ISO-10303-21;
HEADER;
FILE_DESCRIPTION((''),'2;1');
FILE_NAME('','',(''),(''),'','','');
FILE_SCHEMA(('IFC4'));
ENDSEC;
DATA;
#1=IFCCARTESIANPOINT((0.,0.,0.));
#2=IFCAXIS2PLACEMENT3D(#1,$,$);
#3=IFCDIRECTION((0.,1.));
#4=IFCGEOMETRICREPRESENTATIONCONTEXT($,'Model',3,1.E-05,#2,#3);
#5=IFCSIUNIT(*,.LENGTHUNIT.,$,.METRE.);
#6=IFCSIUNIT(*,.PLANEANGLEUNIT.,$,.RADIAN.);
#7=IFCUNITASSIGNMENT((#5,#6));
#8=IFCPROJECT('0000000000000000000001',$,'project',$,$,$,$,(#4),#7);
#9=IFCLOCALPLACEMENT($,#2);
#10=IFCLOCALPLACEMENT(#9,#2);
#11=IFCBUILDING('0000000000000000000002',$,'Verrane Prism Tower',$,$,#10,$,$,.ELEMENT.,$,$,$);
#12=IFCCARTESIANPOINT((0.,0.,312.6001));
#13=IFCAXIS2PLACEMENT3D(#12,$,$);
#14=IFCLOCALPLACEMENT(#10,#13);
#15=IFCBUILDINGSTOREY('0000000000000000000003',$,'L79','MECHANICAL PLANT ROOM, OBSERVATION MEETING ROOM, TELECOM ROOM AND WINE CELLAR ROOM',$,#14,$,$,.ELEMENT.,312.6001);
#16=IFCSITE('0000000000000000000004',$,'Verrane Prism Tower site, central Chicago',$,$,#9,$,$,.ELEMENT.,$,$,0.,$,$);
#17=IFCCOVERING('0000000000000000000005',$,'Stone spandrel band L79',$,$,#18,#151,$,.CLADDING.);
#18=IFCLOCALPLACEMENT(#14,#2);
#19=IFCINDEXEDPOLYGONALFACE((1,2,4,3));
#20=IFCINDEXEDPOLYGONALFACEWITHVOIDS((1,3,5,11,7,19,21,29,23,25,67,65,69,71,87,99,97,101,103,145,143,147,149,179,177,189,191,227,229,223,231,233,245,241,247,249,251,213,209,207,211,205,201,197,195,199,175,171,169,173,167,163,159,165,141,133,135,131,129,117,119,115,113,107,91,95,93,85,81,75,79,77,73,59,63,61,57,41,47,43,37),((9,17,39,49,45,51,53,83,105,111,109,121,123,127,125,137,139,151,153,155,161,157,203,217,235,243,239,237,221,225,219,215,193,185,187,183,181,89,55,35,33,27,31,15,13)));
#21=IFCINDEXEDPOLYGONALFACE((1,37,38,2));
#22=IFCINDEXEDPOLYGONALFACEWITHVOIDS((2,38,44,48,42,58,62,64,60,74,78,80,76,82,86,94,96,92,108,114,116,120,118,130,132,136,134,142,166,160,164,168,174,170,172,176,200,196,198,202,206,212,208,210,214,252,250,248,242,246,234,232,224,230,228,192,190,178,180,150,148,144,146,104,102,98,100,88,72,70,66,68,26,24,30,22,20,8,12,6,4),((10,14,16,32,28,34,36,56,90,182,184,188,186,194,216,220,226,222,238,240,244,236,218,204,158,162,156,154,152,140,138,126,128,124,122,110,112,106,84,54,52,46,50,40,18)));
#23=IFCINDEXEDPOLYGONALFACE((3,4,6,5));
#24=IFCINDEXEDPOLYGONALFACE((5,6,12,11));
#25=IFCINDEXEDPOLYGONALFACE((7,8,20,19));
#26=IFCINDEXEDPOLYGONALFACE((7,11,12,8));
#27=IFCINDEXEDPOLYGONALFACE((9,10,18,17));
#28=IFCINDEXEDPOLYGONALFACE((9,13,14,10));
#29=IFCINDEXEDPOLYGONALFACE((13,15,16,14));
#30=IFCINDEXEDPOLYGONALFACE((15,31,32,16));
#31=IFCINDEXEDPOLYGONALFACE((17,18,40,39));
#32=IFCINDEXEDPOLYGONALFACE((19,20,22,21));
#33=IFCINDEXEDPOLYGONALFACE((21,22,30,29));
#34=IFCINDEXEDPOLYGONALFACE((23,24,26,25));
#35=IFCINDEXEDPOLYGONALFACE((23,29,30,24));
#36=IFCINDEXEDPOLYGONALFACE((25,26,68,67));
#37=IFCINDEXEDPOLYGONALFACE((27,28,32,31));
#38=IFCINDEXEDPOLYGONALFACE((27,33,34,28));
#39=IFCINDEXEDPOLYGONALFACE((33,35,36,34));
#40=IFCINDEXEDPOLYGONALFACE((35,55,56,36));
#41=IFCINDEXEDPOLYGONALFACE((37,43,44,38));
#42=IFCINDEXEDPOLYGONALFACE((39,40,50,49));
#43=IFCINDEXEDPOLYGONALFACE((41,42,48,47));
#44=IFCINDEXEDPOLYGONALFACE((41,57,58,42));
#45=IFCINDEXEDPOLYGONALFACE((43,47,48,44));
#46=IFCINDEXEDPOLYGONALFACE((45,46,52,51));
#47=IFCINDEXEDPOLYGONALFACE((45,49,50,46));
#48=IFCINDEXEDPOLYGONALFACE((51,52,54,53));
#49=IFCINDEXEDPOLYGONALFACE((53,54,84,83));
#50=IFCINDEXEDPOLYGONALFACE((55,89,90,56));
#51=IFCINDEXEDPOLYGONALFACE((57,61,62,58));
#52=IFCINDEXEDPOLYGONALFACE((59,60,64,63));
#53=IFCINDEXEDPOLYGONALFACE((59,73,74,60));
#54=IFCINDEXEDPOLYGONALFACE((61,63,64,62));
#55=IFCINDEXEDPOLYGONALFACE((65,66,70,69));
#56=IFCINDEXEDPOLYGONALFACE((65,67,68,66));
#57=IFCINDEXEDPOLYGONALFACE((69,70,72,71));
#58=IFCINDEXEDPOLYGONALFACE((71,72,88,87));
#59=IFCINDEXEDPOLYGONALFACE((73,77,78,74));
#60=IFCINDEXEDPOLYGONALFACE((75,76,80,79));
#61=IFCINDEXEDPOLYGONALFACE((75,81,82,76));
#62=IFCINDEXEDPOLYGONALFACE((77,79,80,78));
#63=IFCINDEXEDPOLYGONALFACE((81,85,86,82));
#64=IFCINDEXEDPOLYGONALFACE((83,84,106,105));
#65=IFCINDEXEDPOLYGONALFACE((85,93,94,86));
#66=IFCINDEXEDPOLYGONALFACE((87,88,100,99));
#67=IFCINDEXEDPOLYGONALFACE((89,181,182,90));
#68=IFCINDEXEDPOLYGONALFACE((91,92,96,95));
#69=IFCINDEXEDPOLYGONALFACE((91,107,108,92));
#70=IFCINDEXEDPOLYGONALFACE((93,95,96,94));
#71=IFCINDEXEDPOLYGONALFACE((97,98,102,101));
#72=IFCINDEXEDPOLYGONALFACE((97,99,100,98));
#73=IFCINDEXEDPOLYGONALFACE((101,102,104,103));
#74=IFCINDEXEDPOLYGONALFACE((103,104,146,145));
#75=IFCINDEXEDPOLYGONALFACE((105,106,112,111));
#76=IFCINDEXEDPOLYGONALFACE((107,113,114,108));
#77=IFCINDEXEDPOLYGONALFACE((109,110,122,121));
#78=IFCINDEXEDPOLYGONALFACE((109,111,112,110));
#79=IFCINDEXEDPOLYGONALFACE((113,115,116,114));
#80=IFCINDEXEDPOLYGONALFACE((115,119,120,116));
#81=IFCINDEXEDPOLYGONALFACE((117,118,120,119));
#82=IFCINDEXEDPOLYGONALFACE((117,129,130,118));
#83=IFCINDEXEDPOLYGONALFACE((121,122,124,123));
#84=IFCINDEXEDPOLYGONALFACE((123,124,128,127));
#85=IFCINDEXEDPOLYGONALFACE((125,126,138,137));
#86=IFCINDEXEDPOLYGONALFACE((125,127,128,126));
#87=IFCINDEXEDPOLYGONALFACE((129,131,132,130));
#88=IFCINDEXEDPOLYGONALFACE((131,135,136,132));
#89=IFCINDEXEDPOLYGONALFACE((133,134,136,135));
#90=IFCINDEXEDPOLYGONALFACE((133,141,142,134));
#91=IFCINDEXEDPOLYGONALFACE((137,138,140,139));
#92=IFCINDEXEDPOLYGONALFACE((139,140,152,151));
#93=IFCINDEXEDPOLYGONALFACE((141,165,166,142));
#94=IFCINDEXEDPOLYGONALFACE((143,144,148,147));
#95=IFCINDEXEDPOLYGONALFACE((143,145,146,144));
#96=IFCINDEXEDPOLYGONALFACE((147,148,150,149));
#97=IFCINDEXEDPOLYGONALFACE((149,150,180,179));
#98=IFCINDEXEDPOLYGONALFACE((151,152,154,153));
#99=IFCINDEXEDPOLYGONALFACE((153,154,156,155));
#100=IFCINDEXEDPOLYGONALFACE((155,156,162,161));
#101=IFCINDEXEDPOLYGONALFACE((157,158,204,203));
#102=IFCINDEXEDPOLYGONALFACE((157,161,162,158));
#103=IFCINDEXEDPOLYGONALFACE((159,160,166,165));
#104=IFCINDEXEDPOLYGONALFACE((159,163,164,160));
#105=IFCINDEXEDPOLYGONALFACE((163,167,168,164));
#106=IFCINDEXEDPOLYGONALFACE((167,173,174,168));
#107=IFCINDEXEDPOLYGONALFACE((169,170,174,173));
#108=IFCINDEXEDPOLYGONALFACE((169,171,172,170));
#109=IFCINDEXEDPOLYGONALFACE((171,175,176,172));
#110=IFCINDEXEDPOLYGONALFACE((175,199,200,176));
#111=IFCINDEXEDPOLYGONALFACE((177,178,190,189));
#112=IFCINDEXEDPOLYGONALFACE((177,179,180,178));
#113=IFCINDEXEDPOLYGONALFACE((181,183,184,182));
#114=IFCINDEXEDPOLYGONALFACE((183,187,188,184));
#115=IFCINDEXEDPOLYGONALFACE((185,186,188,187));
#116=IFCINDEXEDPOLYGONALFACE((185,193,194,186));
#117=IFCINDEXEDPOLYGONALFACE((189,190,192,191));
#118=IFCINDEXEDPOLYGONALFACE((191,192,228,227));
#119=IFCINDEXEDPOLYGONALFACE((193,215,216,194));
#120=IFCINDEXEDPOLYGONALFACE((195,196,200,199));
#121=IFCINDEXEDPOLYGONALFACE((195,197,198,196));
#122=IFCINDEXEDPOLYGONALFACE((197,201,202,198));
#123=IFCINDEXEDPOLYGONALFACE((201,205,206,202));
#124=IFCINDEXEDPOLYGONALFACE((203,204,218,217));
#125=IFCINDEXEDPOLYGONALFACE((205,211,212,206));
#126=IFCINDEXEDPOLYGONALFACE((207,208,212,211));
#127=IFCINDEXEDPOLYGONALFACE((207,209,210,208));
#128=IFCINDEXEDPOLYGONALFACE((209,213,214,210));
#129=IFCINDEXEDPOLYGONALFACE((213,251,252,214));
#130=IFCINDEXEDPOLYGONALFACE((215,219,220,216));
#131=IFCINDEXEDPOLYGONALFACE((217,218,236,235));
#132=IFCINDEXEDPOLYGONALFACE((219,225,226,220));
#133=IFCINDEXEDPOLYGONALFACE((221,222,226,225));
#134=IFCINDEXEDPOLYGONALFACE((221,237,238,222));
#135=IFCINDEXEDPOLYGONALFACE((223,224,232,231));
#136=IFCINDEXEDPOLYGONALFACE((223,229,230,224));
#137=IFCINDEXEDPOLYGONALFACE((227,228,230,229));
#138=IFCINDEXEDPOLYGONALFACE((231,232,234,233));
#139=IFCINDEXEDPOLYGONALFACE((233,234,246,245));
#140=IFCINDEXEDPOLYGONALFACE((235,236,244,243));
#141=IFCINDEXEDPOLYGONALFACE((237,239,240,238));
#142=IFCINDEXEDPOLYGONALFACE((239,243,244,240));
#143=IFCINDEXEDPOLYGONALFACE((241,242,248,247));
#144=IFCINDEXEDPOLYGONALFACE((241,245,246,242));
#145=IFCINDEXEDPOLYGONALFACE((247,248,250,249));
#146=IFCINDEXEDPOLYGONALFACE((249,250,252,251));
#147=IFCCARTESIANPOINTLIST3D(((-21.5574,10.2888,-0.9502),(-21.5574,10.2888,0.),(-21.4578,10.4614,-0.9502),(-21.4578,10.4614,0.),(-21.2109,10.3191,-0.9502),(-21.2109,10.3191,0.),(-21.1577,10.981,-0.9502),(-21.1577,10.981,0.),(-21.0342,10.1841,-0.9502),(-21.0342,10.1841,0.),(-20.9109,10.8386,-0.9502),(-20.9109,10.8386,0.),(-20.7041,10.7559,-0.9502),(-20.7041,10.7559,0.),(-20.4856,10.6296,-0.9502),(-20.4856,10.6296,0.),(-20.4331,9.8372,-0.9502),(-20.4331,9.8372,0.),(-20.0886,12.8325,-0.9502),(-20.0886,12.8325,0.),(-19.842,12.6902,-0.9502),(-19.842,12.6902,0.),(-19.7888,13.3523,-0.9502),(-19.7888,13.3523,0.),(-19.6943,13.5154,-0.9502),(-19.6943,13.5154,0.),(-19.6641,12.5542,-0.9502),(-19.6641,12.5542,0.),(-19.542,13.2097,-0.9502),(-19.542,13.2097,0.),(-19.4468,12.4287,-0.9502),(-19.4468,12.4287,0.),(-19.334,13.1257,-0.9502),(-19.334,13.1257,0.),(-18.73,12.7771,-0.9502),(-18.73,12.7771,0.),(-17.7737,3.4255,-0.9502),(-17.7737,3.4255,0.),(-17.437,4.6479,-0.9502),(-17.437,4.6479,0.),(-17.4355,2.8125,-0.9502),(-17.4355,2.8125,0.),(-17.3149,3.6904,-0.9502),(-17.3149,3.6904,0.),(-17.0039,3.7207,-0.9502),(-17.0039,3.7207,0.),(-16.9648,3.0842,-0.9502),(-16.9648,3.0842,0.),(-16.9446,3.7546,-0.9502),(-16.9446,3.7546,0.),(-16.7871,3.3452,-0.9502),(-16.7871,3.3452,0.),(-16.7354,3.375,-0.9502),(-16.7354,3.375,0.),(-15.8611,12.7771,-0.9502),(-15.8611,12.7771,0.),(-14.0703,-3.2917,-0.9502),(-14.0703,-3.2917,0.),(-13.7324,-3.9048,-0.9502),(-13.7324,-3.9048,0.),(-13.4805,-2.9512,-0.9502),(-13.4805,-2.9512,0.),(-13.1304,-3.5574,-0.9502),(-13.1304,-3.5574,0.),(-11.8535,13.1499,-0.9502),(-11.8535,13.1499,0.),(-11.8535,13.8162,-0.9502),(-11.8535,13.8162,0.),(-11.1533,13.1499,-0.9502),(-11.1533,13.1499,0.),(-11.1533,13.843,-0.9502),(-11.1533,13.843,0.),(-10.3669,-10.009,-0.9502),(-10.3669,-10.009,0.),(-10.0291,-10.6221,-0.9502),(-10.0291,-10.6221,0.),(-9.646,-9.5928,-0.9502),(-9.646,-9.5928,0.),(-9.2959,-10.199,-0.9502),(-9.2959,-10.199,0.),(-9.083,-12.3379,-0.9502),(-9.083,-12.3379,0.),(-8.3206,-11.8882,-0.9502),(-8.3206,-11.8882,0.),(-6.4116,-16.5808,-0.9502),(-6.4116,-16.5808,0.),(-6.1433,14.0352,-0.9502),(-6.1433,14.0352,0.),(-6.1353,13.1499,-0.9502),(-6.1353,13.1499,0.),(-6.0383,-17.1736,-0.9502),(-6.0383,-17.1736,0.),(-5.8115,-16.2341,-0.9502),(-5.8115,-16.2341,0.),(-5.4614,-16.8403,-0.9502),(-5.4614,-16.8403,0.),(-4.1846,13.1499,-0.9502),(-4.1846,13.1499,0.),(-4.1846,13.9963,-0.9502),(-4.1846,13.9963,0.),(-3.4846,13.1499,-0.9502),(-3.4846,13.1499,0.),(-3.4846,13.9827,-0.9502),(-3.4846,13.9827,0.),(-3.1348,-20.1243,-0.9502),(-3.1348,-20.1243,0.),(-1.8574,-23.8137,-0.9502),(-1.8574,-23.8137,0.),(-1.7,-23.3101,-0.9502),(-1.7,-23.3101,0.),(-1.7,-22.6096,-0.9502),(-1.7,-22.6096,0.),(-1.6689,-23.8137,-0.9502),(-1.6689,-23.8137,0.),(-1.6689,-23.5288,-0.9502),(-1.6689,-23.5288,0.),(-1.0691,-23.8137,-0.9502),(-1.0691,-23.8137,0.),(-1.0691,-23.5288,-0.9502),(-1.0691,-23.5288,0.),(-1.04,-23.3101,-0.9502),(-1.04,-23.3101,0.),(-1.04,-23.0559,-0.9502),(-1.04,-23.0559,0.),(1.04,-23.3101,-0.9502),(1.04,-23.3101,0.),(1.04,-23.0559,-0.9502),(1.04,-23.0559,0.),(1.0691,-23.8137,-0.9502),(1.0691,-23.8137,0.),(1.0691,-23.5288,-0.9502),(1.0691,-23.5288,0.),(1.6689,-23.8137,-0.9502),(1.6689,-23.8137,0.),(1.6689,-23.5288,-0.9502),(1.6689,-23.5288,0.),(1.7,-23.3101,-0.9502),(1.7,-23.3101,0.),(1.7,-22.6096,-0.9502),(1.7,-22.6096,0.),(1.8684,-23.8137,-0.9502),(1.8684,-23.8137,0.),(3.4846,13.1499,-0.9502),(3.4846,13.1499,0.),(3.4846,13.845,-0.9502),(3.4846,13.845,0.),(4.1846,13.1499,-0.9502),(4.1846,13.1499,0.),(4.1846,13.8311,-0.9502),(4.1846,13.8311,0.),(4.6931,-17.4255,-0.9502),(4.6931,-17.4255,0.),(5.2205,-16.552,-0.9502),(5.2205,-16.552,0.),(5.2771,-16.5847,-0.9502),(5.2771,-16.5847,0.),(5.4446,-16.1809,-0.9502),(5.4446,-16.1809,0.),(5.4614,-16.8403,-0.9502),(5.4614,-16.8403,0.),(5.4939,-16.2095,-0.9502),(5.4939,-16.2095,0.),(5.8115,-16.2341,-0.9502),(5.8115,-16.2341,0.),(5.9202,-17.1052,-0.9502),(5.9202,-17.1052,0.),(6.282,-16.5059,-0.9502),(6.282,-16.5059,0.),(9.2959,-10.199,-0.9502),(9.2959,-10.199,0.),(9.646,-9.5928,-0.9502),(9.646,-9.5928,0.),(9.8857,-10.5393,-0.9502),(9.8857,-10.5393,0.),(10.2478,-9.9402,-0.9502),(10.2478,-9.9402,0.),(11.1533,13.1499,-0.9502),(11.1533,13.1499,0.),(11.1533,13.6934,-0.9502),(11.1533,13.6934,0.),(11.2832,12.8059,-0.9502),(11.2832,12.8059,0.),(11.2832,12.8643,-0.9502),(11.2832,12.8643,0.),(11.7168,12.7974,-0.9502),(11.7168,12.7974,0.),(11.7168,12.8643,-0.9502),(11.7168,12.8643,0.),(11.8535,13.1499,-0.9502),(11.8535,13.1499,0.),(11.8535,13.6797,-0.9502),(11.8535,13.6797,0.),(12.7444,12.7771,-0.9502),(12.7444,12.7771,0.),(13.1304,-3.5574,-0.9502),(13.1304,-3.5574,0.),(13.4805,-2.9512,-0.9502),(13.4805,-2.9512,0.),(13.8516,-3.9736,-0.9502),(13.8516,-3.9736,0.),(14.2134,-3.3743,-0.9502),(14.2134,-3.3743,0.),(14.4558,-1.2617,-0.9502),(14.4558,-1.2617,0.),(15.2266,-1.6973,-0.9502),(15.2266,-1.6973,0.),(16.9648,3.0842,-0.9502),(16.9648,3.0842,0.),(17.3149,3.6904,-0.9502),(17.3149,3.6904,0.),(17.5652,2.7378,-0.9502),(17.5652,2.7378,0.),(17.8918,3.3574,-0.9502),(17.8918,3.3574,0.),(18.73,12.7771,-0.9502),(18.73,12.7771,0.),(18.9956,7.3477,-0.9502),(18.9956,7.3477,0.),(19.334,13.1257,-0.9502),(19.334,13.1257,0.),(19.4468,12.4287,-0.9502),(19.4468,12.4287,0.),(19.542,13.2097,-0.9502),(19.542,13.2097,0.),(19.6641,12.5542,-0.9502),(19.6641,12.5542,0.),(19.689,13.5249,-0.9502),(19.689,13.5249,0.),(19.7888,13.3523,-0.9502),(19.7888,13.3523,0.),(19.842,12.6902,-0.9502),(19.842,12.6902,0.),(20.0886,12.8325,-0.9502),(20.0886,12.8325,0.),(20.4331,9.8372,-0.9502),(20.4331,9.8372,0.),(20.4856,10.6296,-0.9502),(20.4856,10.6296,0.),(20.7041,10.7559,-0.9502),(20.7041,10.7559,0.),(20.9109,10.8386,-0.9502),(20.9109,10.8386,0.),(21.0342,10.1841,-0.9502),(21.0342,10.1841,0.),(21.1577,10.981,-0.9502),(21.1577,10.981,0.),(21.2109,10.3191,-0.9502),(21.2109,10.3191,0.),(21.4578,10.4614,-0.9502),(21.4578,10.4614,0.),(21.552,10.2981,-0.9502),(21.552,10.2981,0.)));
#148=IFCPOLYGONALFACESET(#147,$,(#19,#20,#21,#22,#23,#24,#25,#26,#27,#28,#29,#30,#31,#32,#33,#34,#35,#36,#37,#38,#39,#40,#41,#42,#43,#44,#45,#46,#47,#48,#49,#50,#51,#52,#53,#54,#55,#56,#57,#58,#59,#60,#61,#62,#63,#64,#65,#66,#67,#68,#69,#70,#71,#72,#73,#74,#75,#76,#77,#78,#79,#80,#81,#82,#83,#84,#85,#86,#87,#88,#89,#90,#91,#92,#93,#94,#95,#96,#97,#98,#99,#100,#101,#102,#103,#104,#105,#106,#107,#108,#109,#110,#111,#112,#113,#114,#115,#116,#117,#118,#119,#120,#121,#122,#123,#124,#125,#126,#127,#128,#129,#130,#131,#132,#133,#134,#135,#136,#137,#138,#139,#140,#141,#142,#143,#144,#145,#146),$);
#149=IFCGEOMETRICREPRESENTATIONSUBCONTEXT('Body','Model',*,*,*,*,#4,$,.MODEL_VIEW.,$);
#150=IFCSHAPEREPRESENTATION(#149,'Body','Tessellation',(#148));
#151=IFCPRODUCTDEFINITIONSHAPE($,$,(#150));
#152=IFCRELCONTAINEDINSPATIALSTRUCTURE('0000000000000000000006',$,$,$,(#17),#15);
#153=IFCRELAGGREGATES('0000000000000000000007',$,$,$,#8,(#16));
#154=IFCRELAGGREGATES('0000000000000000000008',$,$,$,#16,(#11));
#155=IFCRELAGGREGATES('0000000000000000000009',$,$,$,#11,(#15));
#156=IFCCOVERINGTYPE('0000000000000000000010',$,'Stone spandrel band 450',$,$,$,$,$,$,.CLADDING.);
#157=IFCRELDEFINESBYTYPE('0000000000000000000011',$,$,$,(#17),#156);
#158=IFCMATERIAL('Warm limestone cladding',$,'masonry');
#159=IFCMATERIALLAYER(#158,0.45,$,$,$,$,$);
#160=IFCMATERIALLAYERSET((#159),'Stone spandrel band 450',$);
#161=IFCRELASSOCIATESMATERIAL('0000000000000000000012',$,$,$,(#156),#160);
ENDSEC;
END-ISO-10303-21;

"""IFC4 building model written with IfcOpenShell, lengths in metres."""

from ifc_helpers import new_model, si_unit, direction, frame, origin, place, context, subcontext, project, spatial, polyline, outline, extrude, material, layer, layer_set, type_object, element, save


model = new_model("IFC4")

# Units and contexts
model_context = context("Model", 3, precision=1e-05, world=origin(), true_north=direction((0.0, 1.0)))
body_context = subcontext(model_context, "Body", "Model", "MODEL_VIEW")
ifc_project = project(units=[si_unit("LENGTHUNIT", "METRE"), si_unit("PLANEANGLEUNIT", "RADIAN")], contexts=[model_context])

# Site, building, storey
site_placement = place(None, origin())
site = spatial("IfcSite", under=ifc_project, at=site_placement, Name="Verrane Prism Tower site, central Chicago", CompositionType="ELEMENT", RefElevation=0.0)
building_placement = place(site_placement, origin())
building = spatial("IfcBuilding", under=site, at=building_placement, Name="Verrane Prism Tower", CompositionType="ELEMENT")
storey_placement = place(building_placement, frame((0.0, 0.0, 312.6001)))
storey = spatial("IfcBuildingStorey", under=building, at=storey_placement, Name="L79", Description="MECHANICAL PLANT ROOM, OBSERVATION MEETING ROOM, TELECOM ROOM AND WINE CELLAR ROOM", CompositionType="ELEMENT", Elevation=312.6001)

# Covering
ifc_material_1 = material(Name="Warm limestone cladding", Category="masonry")
ifc_layer_1 = layer(ifc_material_1, 0.45)
ifc_layer_set_1 = layer_set([ifc_layer_1], Name="Stone spandrel band 450")
covering_type_1 = type_object("IfcCoveringType", Name="Stone spandrel band 450", PredefinedType="CLADDING", material=ifc_layer_set_1)
covering_1_placement = place(storey_placement, frame((0.0, 0.0, -0.9502)))
element("IfcCovering", 1, at=covering_1_placement, inside=storey, type_object=covering_type_1, Name="Stone spandrel band L79", PredefinedType="CLADDING", context=body_context, shape_type="SweptSolid", body=[
    extrude(outline(polyline([(1.8684, -23.8137), (5.9202, -17.1052), (5.4614, -16.8403), (5.8115, -16.2341), (6.282, -16.5059), (9.8857, -10.5393), (9.2959, -10.199), (9.646, -9.5928), (10.2478, -9.9402), (13.8516, -3.9736), (13.1304, -3.5574), (13.4805, -2.9512), (14.2134, -3.3743), (15.2266, -1.6973), (17.5652, 2.7378), (16.9648, 3.0842), (17.3149, 3.6904), (17.8918, 3.3574), (21.552, 10.2981), (21.4578, 10.4614), (21.2109, 10.3191), (20.9109, 10.8386), (21.1577, 10.981), (20.0886, 12.8325), (19.842, 12.6902), (19.542, 13.2097), (19.7888, 13.3523), (19.689, 13.5249), (11.8535, 13.6797), (11.8535, 13.1499), (11.1533, 13.1499), (11.1533, 13.6934), (4.1846, 13.8311), (4.1846, 13.1499), (3.4846, 13.1499), (3.4846, 13.845), (-3.4846, 13.9827), (-3.4846, 13.1499), (-4.1846, 13.1499), (-4.1846, 13.9963), (-6.1433, 14.0352), (-11.1533, 13.843), (-11.1533, 13.1499), (-11.8535, 13.1499), (-11.8535, 13.8162), (-19.6943, 13.5154), (-19.7888, 13.3523), (-19.542, 13.2097), (-19.842, 12.6902), (-20.0886, 12.8325), (-21.1577, 10.981), (-20.9109, 10.8386), (-21.2109, 10.3191), (-21.4578, 10.4614), (-21.5574, 10.2888), (-17.7737, 3.4255), (-17.3149, 3.6904), (-16.9648, 3.0842), (-17.4355, 2.8125), (-14.0703, -3.2917), (-13.4805, -2.9512), (-13.1304, -3.5574), (-13.7324, -3.9048), (-10.3669, -10.009), (-9.646, -9.5928), (-9.2959, -10.199), (-10.0291, -10.6221), (-9.083, -12.3379), (-6.4116, -16.5808), (-5.8115, -16.2341), (-5.4614, -16.8403), (-6.0383, -17.1736), (-1.8574, -23.8137), (-1.6689, -23.8137), (-1.6689, -23.5288), (-1.0691, -23.5288), (-1.0691, -23.8137), (1.0691, -23.8137), (1.0691, -23.5288), (1.6689, -23.5288), (1.6689, -23.8137), (1.8684, -23.8137)]), holes=[polyline([(4.6931, -17.4255), (1.7, -22.6096), (1.7, -23.3101), (1.04, -23.3101), (1.04, -23.0559), (-1.04, -23.0559), (-1.04, -23.3101), (-1.7, -23.3101), (-1.7, -22.6096), (-3.1348, -20.1243), (-8.3206, -11.8882), (-16.7354, 3.375), (-16.7871, 3.3452), (-17.0039, 3.7207), (-16.9446, 3.7546), (-17.437, 4.6479), (-20.4331, 9.8372), (-21.0342, 10.1841), (-20.7041, 10.7559), (-20.4856, 10.6296), (-19.4468, 12.4287), (-19.6641, 12.5542), (-19.334, 13.1257), (-18.73, 12.7771), (-15.8611, 12.7771), (-6.1353, 13.1499), (11.2832, 12.8059), (11.2832, 12.8643), (11.7168, 12.8643), (11.7168, 12.7974), (12.7444, 12.7771), (18.73, 12.7771), (19.334, 13.1257), (19.6641, 12.5542), (19.4468, 12.4287), (20.4856, 10.6296), (20.7041, 10.7559), (21.0342, 10.1841), (20.4331, 9.8372), (18.9956, 7.3477), (14.4558, -1.2617), (5.4446, -16.1809), (5.4939, -16.2095), (5.2771, -16.5847), (5.2205, -16.552), (4.6931, -17.4255)])]), origin(), (0.0, 0.0, 1.0), 0.9502),
])

save(model, "model.ifc")
